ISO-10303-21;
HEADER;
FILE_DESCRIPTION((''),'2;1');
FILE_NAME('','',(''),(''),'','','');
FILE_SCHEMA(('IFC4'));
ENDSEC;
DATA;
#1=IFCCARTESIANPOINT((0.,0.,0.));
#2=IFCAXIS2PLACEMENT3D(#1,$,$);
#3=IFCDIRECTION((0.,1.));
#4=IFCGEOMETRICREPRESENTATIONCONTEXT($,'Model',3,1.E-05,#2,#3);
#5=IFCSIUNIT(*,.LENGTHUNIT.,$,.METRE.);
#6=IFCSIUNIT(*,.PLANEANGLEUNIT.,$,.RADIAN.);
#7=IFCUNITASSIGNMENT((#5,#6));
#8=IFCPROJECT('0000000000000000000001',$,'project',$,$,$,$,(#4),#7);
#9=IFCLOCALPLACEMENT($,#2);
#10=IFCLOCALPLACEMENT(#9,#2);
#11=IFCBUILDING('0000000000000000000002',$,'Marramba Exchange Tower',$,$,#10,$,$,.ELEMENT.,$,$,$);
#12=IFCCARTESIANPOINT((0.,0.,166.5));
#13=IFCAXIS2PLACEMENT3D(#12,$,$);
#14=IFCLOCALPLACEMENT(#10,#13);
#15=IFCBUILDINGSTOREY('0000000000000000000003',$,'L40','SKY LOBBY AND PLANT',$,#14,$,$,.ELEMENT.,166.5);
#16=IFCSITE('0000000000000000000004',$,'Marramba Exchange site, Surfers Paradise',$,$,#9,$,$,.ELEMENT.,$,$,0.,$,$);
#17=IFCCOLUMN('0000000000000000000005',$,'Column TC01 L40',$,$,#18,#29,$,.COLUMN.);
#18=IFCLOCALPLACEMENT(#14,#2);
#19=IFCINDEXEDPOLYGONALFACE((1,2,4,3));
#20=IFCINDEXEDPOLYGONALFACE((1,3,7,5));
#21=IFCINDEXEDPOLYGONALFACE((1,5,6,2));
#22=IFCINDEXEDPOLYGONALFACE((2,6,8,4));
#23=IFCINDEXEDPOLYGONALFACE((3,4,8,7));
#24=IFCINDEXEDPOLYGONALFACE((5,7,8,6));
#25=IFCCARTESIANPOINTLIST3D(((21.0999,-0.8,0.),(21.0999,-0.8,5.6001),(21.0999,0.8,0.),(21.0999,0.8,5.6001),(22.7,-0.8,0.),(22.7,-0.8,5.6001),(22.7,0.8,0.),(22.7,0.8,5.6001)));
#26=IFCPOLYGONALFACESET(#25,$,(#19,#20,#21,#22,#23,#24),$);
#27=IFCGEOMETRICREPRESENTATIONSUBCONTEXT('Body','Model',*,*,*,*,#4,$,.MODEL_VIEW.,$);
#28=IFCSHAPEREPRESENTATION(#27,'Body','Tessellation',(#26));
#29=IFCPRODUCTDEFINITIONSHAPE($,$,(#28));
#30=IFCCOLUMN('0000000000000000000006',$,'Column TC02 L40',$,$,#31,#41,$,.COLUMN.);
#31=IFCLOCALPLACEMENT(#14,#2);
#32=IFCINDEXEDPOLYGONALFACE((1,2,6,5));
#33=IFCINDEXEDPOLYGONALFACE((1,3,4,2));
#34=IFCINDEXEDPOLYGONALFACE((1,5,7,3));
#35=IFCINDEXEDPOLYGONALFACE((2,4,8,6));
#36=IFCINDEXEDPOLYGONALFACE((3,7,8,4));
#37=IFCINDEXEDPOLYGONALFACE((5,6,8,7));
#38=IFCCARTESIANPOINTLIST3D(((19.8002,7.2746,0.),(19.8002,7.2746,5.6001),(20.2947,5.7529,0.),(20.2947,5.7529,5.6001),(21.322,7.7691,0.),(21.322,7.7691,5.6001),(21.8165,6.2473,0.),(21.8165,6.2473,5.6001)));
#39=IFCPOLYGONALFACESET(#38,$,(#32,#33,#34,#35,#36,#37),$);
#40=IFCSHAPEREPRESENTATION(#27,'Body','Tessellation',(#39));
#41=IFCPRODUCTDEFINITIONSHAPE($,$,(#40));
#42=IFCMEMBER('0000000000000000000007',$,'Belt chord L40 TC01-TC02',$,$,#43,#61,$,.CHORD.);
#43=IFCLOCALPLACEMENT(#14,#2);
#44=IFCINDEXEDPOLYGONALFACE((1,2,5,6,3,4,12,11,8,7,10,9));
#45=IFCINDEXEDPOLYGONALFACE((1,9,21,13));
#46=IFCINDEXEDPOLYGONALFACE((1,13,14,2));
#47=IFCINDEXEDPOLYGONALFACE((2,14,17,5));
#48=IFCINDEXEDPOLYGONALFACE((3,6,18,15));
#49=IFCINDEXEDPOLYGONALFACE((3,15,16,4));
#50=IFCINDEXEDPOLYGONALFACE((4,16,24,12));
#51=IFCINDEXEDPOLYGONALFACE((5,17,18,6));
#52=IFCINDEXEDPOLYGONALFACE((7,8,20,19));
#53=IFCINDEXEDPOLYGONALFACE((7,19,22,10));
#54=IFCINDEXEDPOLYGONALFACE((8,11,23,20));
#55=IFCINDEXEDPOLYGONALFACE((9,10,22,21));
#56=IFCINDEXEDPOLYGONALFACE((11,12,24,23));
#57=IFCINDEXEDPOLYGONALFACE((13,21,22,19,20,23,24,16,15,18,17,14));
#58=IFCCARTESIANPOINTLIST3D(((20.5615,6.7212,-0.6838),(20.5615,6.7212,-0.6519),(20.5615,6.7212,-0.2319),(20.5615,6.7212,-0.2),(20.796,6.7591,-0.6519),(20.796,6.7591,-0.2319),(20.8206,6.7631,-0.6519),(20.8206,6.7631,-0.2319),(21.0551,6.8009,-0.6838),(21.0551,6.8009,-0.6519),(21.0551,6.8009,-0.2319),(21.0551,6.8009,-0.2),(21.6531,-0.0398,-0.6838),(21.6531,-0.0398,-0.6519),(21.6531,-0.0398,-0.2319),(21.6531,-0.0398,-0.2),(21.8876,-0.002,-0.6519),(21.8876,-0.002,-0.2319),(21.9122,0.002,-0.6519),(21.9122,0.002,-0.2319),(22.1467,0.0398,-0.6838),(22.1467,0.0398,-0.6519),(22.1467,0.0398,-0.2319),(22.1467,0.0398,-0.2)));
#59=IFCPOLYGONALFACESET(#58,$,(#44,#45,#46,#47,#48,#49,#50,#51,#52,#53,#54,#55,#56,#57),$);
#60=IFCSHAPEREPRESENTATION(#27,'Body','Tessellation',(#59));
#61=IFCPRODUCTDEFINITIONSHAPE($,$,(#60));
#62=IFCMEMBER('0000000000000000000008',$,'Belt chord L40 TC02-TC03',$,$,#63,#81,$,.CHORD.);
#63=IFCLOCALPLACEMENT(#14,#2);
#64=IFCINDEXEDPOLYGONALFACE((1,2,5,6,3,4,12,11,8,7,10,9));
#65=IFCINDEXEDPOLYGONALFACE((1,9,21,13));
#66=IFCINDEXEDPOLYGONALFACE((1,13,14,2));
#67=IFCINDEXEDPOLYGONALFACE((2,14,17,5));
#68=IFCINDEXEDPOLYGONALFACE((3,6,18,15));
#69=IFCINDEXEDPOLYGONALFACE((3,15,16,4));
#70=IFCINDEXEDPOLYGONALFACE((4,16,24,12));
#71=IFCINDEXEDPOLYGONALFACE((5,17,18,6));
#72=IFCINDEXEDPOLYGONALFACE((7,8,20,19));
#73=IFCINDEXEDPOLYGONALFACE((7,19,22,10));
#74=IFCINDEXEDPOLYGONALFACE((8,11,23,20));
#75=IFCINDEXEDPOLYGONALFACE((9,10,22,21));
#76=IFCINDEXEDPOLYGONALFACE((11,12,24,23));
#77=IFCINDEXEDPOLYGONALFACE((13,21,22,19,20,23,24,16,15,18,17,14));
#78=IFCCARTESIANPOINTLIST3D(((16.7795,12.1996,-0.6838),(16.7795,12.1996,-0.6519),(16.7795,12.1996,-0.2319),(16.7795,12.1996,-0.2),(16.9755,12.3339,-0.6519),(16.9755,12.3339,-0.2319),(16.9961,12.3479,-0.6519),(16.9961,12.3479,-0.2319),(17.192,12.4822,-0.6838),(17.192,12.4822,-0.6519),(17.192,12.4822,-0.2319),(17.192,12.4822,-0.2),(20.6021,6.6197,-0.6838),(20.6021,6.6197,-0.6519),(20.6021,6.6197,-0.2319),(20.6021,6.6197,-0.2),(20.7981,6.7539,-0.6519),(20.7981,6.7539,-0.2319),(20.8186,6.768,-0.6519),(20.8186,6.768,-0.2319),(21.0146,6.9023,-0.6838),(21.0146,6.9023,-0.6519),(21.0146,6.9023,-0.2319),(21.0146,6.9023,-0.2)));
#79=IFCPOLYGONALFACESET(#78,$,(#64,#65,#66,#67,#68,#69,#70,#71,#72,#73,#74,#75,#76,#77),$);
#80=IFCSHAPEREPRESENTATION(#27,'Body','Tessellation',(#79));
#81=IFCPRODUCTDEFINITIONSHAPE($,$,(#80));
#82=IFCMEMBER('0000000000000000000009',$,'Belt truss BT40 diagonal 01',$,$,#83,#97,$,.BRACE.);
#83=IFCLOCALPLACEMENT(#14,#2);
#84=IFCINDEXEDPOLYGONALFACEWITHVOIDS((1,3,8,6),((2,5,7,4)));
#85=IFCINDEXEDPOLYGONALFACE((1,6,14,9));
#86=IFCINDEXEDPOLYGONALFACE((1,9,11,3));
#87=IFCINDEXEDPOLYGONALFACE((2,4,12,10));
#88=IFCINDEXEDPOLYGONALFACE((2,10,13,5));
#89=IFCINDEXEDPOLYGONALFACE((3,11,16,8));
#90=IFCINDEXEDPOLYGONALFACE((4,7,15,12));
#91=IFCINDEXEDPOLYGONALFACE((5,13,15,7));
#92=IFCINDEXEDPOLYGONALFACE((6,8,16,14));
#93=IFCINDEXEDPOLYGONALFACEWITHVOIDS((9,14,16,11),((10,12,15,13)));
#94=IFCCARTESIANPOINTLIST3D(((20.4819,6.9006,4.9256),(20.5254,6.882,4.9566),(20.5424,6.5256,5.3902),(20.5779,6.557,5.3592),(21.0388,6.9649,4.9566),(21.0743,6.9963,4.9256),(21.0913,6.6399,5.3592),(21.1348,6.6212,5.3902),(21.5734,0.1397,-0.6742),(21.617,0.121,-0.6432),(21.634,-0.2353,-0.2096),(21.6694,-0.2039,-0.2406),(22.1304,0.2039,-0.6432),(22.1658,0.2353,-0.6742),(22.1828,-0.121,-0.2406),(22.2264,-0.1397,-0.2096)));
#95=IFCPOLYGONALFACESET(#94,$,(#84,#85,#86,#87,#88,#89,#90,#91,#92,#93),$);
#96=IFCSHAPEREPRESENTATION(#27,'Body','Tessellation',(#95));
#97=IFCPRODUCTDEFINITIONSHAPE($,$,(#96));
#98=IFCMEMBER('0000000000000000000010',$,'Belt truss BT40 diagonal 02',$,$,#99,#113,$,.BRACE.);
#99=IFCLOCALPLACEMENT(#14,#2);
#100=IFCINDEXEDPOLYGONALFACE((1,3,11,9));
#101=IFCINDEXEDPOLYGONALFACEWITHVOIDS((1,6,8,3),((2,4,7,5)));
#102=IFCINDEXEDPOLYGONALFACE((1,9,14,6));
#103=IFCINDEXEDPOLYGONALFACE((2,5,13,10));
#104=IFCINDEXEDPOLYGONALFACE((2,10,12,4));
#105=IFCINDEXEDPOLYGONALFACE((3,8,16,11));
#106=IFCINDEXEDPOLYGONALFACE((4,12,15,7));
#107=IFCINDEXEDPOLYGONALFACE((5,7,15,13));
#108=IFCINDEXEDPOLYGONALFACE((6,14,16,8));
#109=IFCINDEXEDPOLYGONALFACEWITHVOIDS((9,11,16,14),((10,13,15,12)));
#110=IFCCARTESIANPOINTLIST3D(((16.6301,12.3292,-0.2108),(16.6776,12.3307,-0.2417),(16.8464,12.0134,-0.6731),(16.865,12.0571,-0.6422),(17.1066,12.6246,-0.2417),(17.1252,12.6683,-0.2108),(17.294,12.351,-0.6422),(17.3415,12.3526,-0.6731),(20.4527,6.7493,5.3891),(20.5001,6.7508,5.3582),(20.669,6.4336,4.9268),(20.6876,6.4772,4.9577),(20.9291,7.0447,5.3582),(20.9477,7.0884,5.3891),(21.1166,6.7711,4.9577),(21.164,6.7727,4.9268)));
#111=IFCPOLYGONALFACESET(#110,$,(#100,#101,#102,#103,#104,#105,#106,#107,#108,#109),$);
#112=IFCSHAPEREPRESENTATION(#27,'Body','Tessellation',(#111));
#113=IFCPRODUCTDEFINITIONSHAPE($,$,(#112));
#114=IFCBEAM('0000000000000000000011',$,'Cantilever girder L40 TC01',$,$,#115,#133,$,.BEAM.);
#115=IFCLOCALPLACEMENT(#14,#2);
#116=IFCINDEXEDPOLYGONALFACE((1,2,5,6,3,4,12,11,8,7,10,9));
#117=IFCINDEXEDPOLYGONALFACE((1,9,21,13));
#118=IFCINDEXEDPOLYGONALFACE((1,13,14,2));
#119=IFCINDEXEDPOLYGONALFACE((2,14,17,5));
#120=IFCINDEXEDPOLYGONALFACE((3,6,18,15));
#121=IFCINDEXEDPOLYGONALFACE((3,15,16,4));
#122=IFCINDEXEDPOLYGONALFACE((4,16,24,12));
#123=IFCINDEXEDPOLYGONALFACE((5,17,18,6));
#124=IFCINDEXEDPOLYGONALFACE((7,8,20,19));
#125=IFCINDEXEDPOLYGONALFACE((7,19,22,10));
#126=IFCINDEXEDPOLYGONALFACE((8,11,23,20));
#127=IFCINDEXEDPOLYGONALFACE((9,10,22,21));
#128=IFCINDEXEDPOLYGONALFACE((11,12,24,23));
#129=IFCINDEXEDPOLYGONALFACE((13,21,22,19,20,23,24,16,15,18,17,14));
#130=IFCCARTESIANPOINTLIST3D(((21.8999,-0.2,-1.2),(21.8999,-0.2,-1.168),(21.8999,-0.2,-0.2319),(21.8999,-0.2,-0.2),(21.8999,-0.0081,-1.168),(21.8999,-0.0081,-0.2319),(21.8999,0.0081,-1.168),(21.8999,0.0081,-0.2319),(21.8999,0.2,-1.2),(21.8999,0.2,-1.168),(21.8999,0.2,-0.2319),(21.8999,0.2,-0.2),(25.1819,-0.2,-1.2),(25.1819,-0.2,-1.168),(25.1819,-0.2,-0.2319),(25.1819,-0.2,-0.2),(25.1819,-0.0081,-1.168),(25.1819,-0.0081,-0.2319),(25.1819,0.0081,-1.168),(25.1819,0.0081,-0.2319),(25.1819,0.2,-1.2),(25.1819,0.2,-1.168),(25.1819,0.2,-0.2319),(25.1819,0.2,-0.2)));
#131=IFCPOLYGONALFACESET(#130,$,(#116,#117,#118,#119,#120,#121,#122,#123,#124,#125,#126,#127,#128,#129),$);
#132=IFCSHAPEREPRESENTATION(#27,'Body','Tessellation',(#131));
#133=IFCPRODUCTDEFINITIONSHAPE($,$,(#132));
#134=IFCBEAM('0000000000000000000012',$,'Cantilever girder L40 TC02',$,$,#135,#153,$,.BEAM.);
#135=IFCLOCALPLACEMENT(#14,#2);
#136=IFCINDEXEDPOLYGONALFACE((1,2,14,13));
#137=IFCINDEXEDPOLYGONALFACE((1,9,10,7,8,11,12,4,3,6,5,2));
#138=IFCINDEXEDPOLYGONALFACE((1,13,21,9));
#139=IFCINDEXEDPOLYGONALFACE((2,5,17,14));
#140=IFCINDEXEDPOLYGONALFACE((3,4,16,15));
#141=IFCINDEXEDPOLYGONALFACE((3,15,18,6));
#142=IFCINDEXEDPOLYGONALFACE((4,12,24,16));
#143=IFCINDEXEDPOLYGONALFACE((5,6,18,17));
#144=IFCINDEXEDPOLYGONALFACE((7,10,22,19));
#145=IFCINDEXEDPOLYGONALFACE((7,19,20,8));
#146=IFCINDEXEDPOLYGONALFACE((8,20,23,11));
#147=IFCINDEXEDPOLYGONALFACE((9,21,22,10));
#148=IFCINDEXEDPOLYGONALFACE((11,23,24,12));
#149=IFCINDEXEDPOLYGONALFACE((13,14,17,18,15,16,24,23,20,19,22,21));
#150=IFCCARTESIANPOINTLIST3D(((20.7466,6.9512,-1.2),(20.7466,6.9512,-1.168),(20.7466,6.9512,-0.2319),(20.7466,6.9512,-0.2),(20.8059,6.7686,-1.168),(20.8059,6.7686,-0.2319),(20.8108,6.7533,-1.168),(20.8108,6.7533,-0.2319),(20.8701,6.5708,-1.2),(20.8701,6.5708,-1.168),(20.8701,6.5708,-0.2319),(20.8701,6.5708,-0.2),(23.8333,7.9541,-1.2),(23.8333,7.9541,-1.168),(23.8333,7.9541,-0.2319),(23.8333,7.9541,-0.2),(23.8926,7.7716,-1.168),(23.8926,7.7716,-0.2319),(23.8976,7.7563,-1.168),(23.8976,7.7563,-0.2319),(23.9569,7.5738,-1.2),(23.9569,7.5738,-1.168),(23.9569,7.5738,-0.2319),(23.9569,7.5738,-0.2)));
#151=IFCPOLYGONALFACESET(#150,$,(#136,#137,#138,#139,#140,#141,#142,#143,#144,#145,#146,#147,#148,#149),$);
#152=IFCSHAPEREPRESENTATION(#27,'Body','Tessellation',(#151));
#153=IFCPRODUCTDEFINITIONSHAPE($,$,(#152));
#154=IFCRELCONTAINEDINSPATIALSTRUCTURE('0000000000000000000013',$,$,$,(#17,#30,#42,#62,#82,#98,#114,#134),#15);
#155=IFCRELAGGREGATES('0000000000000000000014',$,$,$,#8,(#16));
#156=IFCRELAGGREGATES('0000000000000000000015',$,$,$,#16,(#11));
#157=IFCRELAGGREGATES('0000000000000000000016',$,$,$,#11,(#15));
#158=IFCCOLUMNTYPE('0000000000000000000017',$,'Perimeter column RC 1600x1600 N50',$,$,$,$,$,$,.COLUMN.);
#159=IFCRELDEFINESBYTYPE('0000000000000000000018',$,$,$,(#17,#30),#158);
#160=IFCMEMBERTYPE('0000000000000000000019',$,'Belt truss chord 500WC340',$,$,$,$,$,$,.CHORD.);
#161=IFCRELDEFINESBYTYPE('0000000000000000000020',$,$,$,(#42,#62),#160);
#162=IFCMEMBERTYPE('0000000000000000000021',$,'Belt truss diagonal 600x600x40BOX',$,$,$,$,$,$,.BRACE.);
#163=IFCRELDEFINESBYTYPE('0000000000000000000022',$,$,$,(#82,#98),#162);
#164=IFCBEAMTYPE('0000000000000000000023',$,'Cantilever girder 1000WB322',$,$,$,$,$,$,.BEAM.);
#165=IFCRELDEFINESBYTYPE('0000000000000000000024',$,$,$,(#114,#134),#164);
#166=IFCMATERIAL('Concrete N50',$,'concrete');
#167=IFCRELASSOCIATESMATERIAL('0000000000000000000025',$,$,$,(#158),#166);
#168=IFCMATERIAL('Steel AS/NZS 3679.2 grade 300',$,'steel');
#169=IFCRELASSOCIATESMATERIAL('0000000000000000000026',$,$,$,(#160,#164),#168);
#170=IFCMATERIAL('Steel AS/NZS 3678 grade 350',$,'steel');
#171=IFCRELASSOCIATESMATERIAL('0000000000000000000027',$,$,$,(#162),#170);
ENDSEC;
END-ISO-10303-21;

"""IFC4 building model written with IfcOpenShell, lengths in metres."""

from ifc_helpers import new_model, si_unit, direction, frame, origin, origin_2d, place, context, subcontext, project, spatial, rectangle, hollow_rectangle, i_section, extrude, material, material_profile, profile_set, type_object, element, save


model = new_model("IFC4")

# Units and contexts
model_context = context("Model", 3, precision=1e-05, world=origin(), true_north=direction((0.0, 1.0)))
body_context = subcontext(model_context, "Body", "Model", "MODEL_VIEW")
ifc_project = project(units=[si_unit("LENGTHUNIT", "METRE"), si_unit("PLANEANGLEUNIT", "RADIAN")], contexts=[model_context])

# Site, building, storey
site_placement = place(None, origin())
site = spatial("IfcSite", under=ifc_project, at=site_placement, Name="Marramba Exchange site, Surfers Paradise", CompositionType="ELEMENT", RefElevation=0.0)
building_placement = place(site_placement, origin())
building = spatial("IfcBuilding", under=site, at=building_placement, Name="Marramba Exchange Tower", CompositionType="ELEMENT")
storey_placement = place(building_placement, frame((0.0, 0.0, 166.5)))
storey = spatial("IfcBuildingStorey", under=building, at=storey_placement, Name="L40", Description="SKY LOBBY AND PLANT", CompositionType="ELEMENT", Elevation=166.5)

# Columns
ifc_material_1 = material(Name="Concrete N50", Category="concrete")
ifc_material_profile_1 = material_profile(ifc_material_1, rectangle(XDim=1.6001, YDim=1.6001, at=origin_2d()), Name="RC 1600x1600")
ifc_profile_set_1 = profile_set([ifc_material_profile_1], Name="Concrete N50")
column_type = type_object("IfcColumnType", Name="Perimeter column RC 1600x1600 N50", PredefinedType="COLUMN", material=ifc_profile_set_1)
for number, where, z_axis, x_axis, name in (
    (1, (21.8999, 0.0, 0.0), (0.0, 0.0, 1.0), (1.0, 0.0, 0.0), "Column TC01 L40"),
    (2, (20.8083, 6.761, 0.0), (0.0, 0.0, 1.0), (0.951057, 0.309017, 0.0), "Column TC02 L40"),
):
    element("IfcColumn", number, at=place(storey_placement, frame(where, z_axis=z_axis, x_axis=x_axis)), inside=storey, type_object=column_type, Name=name, PredefinedType="COLUMN", context=body_context, shape_type="SweptSolid", body=[
        extrude(rectangle(XDim=1.6001, YDim=1.6001, at=origin_2d()), origin(), (0.0, 0.0, 1.0), 5.6001),
    ])

# Members
ifc_material_2 = material(Name="Steel AS/NZS 3679.2 grade 300", Category="steel")
ifc_material_profile_2 = material_profile(ifc_material_2, i_section(OverallWidth=0.5, OverallDepth=0.4839, WebThickness=0.0249, FlangeThickness=0.032, at=origin_2d()), Name="500WC340")
ifc_profile_set_2 = profile_set([ifc_material_profile_2], Name="Steel AS/NZS 3679.2 grade 300")
member_type_1 = type_object("IfcMemberType", Name="Belt truss chord 500WC340", PredefinedType="CHORD", material=ifc_profile_set_2)
member_1_placement = place(storey_placement, frame((21.8999, 0.0, -0.4419), z_axis=(-0.159385, 0.987217, 0.0), x_axis=(-0.987217, -0.159385, 0.0)))
element("IfcMember", 3, at=member_1_placement, inside=storey, type_object=member_type_1, Name="Belt chord L40 TC01-TC02", PredefinedType="CHORD", context=body_context, shape_type="SweptSolid", body=[
    extrude(i_section(OverallWidth=0.5, OverallDepth=0.4839, WebThickness=0.0249, FlangeThickness=0.032, at=origin_2d()), origin(), (0.0, 0.0, 1.0), 6.8486),
])
member_2_placement = place(storey_placement, frame((20.8083, 6.761, -0.4419), z_axis=(-0.56516, 0.824981, 0.0), x_axis=(-0.824981, -0.56516, 0.0)))
element("IfcMember", 4, at=member_2_placement, inside=storey, type_object=member_type_1, Name="Belt chord L40 TC02-TC03", PredefinedType="CHORD", context=body_context, shape_type="SweptSolid", body=[
    extrude(i_section(OverallWidth=0.5, OverallDepth=0.4839, WebThickness=0.0249, FlangeThickness=0.032, at=origin_2d()), origin(), (0.0, 0.0, 1.0), 6.7637),
])
ifc_material_3 = material(Name="Steel AS/NZS 3678 grade 350", Category="steel")
ifc_material_profile_3 = material_profile(ifc_material_3, hollow_rectangle(XDim=0.6001, YDim=0.6001, WallThickness=0.04, at=origin_2d()), Name="600x600x40BOX")
ifc_profile_set_3 = profile_set([ifc_material_profile_3], Name="Steel AS/NZS 3678 grade 350")
member_type_2 = type_object("IfcMemberType", Name="Belt truss diagonal 600x600x40BOX", PredefinedType="BRACE", material=ifc_profile_set_3)
member_3_placement = place(storey_placement, frame((21.8999, 0.0, -0.4419), z_axis=(-0.123388, 0.764254, 0.633001), x_axis=(-0.987217, -0.159385, 0.0)))
element("IfcMember", 5, at=member_3_placement, inside=storey, type_object=member_type_2, Name="Belt truss BT40 diagonal 01", PredefinedType="BRACE", context=body_context, shape_type="SweptSolid", body=[
    extrude(hollow_rectangle(XDim=0.6001, YDim=0.6001, WallThickness=0.04, at=origin_2d()), origin(), (0.0, 0.0, 1.0), 8.8464),
])
member_4_placement = place(storey_placement, frame((20.8083, 6.761, 5.158), z_axis=(-0.43532, 0.63545, -0.63773), x_axis=(-0.824981, -0.56516, 0.0)))
element("IfcMember", 6, at=member_4_placement, inside=storey, type_object=member_type_2, Name="Belt truss BT40 diagonal 02", PredefinedType="BRACE", context=body_context, shape_type="SweptSolid", body=[
    extrude(hollow_rectangle(XDim=0.6001, YDim=0.6001, WallThickness=0.04, at=origin_2d()), origin(), (0.0, 0.0, 1.0), 8.781),
])

# Beams
ifc_material_profile_4 = material_profile(ifc_material_2, i_section(OverallWidth=0.3999, OverallDepth=1.0, WebThickness=0.0161, FlangeThickness=0.032, at=origin_2d()), Name="1000WB322")
ifc_profile_set_4 = profile_set([ifc_material_profile_4], Name="Steel AS/NZS 3679.2 grade 300")
beam_type_1 = type_object("IfcBeamType", Name="Cantilever girder 1000WB322", PredefinedType="BEAM", material=ifc_profile_set_4)
beam_1_placement = place(storey_placement, frame((21.8999, 0.0, -0.7), z_axis=(1.0, 0.0, 0.0), x_axis=(0.0, 1.0, 0.0)))
element("IfcBeam", 7, at=beam_1_placement, inside=storey, type_object=beam_type_1, Name="Cantilever girder L40 TC01", PredefinedType="BEAM", context=body_context, shape_type="SweptSolid", body=[
    extrude(i_section(OverallWidth=0.3999, OverallDepth=1.0, WebThickness=0.0161, FlangeThickness=0.032, at=origin_2d()), origin(), (0.0, 0.0, 1.0), 3.282),
])
beam_2_placement = place(storey_placement, frame((20.8083, 6.761, -0.7), z_axis=(0.951056, 0.30902, 0.0), x_axis=(-0.30902, 0.951056, 0.0)))
element("IfcBeam", 8, at=beam_2_placement, inside=storey, type_object=beam_type_1, Name="Cantilever girder L40 TC02", PredefinedType="BEAM", context=body_context, shape_type="SweptSolid", body=[
    extrude(i_section(OverallWidth=0.3999, OverallDepth=1.0, WebThickness=0.0161, FlangeThickness=0.032, at=origin_2d()), origin(), (0.0, 0.0, 1.0), 3.2456),
])

save(model, "model.ifc")
